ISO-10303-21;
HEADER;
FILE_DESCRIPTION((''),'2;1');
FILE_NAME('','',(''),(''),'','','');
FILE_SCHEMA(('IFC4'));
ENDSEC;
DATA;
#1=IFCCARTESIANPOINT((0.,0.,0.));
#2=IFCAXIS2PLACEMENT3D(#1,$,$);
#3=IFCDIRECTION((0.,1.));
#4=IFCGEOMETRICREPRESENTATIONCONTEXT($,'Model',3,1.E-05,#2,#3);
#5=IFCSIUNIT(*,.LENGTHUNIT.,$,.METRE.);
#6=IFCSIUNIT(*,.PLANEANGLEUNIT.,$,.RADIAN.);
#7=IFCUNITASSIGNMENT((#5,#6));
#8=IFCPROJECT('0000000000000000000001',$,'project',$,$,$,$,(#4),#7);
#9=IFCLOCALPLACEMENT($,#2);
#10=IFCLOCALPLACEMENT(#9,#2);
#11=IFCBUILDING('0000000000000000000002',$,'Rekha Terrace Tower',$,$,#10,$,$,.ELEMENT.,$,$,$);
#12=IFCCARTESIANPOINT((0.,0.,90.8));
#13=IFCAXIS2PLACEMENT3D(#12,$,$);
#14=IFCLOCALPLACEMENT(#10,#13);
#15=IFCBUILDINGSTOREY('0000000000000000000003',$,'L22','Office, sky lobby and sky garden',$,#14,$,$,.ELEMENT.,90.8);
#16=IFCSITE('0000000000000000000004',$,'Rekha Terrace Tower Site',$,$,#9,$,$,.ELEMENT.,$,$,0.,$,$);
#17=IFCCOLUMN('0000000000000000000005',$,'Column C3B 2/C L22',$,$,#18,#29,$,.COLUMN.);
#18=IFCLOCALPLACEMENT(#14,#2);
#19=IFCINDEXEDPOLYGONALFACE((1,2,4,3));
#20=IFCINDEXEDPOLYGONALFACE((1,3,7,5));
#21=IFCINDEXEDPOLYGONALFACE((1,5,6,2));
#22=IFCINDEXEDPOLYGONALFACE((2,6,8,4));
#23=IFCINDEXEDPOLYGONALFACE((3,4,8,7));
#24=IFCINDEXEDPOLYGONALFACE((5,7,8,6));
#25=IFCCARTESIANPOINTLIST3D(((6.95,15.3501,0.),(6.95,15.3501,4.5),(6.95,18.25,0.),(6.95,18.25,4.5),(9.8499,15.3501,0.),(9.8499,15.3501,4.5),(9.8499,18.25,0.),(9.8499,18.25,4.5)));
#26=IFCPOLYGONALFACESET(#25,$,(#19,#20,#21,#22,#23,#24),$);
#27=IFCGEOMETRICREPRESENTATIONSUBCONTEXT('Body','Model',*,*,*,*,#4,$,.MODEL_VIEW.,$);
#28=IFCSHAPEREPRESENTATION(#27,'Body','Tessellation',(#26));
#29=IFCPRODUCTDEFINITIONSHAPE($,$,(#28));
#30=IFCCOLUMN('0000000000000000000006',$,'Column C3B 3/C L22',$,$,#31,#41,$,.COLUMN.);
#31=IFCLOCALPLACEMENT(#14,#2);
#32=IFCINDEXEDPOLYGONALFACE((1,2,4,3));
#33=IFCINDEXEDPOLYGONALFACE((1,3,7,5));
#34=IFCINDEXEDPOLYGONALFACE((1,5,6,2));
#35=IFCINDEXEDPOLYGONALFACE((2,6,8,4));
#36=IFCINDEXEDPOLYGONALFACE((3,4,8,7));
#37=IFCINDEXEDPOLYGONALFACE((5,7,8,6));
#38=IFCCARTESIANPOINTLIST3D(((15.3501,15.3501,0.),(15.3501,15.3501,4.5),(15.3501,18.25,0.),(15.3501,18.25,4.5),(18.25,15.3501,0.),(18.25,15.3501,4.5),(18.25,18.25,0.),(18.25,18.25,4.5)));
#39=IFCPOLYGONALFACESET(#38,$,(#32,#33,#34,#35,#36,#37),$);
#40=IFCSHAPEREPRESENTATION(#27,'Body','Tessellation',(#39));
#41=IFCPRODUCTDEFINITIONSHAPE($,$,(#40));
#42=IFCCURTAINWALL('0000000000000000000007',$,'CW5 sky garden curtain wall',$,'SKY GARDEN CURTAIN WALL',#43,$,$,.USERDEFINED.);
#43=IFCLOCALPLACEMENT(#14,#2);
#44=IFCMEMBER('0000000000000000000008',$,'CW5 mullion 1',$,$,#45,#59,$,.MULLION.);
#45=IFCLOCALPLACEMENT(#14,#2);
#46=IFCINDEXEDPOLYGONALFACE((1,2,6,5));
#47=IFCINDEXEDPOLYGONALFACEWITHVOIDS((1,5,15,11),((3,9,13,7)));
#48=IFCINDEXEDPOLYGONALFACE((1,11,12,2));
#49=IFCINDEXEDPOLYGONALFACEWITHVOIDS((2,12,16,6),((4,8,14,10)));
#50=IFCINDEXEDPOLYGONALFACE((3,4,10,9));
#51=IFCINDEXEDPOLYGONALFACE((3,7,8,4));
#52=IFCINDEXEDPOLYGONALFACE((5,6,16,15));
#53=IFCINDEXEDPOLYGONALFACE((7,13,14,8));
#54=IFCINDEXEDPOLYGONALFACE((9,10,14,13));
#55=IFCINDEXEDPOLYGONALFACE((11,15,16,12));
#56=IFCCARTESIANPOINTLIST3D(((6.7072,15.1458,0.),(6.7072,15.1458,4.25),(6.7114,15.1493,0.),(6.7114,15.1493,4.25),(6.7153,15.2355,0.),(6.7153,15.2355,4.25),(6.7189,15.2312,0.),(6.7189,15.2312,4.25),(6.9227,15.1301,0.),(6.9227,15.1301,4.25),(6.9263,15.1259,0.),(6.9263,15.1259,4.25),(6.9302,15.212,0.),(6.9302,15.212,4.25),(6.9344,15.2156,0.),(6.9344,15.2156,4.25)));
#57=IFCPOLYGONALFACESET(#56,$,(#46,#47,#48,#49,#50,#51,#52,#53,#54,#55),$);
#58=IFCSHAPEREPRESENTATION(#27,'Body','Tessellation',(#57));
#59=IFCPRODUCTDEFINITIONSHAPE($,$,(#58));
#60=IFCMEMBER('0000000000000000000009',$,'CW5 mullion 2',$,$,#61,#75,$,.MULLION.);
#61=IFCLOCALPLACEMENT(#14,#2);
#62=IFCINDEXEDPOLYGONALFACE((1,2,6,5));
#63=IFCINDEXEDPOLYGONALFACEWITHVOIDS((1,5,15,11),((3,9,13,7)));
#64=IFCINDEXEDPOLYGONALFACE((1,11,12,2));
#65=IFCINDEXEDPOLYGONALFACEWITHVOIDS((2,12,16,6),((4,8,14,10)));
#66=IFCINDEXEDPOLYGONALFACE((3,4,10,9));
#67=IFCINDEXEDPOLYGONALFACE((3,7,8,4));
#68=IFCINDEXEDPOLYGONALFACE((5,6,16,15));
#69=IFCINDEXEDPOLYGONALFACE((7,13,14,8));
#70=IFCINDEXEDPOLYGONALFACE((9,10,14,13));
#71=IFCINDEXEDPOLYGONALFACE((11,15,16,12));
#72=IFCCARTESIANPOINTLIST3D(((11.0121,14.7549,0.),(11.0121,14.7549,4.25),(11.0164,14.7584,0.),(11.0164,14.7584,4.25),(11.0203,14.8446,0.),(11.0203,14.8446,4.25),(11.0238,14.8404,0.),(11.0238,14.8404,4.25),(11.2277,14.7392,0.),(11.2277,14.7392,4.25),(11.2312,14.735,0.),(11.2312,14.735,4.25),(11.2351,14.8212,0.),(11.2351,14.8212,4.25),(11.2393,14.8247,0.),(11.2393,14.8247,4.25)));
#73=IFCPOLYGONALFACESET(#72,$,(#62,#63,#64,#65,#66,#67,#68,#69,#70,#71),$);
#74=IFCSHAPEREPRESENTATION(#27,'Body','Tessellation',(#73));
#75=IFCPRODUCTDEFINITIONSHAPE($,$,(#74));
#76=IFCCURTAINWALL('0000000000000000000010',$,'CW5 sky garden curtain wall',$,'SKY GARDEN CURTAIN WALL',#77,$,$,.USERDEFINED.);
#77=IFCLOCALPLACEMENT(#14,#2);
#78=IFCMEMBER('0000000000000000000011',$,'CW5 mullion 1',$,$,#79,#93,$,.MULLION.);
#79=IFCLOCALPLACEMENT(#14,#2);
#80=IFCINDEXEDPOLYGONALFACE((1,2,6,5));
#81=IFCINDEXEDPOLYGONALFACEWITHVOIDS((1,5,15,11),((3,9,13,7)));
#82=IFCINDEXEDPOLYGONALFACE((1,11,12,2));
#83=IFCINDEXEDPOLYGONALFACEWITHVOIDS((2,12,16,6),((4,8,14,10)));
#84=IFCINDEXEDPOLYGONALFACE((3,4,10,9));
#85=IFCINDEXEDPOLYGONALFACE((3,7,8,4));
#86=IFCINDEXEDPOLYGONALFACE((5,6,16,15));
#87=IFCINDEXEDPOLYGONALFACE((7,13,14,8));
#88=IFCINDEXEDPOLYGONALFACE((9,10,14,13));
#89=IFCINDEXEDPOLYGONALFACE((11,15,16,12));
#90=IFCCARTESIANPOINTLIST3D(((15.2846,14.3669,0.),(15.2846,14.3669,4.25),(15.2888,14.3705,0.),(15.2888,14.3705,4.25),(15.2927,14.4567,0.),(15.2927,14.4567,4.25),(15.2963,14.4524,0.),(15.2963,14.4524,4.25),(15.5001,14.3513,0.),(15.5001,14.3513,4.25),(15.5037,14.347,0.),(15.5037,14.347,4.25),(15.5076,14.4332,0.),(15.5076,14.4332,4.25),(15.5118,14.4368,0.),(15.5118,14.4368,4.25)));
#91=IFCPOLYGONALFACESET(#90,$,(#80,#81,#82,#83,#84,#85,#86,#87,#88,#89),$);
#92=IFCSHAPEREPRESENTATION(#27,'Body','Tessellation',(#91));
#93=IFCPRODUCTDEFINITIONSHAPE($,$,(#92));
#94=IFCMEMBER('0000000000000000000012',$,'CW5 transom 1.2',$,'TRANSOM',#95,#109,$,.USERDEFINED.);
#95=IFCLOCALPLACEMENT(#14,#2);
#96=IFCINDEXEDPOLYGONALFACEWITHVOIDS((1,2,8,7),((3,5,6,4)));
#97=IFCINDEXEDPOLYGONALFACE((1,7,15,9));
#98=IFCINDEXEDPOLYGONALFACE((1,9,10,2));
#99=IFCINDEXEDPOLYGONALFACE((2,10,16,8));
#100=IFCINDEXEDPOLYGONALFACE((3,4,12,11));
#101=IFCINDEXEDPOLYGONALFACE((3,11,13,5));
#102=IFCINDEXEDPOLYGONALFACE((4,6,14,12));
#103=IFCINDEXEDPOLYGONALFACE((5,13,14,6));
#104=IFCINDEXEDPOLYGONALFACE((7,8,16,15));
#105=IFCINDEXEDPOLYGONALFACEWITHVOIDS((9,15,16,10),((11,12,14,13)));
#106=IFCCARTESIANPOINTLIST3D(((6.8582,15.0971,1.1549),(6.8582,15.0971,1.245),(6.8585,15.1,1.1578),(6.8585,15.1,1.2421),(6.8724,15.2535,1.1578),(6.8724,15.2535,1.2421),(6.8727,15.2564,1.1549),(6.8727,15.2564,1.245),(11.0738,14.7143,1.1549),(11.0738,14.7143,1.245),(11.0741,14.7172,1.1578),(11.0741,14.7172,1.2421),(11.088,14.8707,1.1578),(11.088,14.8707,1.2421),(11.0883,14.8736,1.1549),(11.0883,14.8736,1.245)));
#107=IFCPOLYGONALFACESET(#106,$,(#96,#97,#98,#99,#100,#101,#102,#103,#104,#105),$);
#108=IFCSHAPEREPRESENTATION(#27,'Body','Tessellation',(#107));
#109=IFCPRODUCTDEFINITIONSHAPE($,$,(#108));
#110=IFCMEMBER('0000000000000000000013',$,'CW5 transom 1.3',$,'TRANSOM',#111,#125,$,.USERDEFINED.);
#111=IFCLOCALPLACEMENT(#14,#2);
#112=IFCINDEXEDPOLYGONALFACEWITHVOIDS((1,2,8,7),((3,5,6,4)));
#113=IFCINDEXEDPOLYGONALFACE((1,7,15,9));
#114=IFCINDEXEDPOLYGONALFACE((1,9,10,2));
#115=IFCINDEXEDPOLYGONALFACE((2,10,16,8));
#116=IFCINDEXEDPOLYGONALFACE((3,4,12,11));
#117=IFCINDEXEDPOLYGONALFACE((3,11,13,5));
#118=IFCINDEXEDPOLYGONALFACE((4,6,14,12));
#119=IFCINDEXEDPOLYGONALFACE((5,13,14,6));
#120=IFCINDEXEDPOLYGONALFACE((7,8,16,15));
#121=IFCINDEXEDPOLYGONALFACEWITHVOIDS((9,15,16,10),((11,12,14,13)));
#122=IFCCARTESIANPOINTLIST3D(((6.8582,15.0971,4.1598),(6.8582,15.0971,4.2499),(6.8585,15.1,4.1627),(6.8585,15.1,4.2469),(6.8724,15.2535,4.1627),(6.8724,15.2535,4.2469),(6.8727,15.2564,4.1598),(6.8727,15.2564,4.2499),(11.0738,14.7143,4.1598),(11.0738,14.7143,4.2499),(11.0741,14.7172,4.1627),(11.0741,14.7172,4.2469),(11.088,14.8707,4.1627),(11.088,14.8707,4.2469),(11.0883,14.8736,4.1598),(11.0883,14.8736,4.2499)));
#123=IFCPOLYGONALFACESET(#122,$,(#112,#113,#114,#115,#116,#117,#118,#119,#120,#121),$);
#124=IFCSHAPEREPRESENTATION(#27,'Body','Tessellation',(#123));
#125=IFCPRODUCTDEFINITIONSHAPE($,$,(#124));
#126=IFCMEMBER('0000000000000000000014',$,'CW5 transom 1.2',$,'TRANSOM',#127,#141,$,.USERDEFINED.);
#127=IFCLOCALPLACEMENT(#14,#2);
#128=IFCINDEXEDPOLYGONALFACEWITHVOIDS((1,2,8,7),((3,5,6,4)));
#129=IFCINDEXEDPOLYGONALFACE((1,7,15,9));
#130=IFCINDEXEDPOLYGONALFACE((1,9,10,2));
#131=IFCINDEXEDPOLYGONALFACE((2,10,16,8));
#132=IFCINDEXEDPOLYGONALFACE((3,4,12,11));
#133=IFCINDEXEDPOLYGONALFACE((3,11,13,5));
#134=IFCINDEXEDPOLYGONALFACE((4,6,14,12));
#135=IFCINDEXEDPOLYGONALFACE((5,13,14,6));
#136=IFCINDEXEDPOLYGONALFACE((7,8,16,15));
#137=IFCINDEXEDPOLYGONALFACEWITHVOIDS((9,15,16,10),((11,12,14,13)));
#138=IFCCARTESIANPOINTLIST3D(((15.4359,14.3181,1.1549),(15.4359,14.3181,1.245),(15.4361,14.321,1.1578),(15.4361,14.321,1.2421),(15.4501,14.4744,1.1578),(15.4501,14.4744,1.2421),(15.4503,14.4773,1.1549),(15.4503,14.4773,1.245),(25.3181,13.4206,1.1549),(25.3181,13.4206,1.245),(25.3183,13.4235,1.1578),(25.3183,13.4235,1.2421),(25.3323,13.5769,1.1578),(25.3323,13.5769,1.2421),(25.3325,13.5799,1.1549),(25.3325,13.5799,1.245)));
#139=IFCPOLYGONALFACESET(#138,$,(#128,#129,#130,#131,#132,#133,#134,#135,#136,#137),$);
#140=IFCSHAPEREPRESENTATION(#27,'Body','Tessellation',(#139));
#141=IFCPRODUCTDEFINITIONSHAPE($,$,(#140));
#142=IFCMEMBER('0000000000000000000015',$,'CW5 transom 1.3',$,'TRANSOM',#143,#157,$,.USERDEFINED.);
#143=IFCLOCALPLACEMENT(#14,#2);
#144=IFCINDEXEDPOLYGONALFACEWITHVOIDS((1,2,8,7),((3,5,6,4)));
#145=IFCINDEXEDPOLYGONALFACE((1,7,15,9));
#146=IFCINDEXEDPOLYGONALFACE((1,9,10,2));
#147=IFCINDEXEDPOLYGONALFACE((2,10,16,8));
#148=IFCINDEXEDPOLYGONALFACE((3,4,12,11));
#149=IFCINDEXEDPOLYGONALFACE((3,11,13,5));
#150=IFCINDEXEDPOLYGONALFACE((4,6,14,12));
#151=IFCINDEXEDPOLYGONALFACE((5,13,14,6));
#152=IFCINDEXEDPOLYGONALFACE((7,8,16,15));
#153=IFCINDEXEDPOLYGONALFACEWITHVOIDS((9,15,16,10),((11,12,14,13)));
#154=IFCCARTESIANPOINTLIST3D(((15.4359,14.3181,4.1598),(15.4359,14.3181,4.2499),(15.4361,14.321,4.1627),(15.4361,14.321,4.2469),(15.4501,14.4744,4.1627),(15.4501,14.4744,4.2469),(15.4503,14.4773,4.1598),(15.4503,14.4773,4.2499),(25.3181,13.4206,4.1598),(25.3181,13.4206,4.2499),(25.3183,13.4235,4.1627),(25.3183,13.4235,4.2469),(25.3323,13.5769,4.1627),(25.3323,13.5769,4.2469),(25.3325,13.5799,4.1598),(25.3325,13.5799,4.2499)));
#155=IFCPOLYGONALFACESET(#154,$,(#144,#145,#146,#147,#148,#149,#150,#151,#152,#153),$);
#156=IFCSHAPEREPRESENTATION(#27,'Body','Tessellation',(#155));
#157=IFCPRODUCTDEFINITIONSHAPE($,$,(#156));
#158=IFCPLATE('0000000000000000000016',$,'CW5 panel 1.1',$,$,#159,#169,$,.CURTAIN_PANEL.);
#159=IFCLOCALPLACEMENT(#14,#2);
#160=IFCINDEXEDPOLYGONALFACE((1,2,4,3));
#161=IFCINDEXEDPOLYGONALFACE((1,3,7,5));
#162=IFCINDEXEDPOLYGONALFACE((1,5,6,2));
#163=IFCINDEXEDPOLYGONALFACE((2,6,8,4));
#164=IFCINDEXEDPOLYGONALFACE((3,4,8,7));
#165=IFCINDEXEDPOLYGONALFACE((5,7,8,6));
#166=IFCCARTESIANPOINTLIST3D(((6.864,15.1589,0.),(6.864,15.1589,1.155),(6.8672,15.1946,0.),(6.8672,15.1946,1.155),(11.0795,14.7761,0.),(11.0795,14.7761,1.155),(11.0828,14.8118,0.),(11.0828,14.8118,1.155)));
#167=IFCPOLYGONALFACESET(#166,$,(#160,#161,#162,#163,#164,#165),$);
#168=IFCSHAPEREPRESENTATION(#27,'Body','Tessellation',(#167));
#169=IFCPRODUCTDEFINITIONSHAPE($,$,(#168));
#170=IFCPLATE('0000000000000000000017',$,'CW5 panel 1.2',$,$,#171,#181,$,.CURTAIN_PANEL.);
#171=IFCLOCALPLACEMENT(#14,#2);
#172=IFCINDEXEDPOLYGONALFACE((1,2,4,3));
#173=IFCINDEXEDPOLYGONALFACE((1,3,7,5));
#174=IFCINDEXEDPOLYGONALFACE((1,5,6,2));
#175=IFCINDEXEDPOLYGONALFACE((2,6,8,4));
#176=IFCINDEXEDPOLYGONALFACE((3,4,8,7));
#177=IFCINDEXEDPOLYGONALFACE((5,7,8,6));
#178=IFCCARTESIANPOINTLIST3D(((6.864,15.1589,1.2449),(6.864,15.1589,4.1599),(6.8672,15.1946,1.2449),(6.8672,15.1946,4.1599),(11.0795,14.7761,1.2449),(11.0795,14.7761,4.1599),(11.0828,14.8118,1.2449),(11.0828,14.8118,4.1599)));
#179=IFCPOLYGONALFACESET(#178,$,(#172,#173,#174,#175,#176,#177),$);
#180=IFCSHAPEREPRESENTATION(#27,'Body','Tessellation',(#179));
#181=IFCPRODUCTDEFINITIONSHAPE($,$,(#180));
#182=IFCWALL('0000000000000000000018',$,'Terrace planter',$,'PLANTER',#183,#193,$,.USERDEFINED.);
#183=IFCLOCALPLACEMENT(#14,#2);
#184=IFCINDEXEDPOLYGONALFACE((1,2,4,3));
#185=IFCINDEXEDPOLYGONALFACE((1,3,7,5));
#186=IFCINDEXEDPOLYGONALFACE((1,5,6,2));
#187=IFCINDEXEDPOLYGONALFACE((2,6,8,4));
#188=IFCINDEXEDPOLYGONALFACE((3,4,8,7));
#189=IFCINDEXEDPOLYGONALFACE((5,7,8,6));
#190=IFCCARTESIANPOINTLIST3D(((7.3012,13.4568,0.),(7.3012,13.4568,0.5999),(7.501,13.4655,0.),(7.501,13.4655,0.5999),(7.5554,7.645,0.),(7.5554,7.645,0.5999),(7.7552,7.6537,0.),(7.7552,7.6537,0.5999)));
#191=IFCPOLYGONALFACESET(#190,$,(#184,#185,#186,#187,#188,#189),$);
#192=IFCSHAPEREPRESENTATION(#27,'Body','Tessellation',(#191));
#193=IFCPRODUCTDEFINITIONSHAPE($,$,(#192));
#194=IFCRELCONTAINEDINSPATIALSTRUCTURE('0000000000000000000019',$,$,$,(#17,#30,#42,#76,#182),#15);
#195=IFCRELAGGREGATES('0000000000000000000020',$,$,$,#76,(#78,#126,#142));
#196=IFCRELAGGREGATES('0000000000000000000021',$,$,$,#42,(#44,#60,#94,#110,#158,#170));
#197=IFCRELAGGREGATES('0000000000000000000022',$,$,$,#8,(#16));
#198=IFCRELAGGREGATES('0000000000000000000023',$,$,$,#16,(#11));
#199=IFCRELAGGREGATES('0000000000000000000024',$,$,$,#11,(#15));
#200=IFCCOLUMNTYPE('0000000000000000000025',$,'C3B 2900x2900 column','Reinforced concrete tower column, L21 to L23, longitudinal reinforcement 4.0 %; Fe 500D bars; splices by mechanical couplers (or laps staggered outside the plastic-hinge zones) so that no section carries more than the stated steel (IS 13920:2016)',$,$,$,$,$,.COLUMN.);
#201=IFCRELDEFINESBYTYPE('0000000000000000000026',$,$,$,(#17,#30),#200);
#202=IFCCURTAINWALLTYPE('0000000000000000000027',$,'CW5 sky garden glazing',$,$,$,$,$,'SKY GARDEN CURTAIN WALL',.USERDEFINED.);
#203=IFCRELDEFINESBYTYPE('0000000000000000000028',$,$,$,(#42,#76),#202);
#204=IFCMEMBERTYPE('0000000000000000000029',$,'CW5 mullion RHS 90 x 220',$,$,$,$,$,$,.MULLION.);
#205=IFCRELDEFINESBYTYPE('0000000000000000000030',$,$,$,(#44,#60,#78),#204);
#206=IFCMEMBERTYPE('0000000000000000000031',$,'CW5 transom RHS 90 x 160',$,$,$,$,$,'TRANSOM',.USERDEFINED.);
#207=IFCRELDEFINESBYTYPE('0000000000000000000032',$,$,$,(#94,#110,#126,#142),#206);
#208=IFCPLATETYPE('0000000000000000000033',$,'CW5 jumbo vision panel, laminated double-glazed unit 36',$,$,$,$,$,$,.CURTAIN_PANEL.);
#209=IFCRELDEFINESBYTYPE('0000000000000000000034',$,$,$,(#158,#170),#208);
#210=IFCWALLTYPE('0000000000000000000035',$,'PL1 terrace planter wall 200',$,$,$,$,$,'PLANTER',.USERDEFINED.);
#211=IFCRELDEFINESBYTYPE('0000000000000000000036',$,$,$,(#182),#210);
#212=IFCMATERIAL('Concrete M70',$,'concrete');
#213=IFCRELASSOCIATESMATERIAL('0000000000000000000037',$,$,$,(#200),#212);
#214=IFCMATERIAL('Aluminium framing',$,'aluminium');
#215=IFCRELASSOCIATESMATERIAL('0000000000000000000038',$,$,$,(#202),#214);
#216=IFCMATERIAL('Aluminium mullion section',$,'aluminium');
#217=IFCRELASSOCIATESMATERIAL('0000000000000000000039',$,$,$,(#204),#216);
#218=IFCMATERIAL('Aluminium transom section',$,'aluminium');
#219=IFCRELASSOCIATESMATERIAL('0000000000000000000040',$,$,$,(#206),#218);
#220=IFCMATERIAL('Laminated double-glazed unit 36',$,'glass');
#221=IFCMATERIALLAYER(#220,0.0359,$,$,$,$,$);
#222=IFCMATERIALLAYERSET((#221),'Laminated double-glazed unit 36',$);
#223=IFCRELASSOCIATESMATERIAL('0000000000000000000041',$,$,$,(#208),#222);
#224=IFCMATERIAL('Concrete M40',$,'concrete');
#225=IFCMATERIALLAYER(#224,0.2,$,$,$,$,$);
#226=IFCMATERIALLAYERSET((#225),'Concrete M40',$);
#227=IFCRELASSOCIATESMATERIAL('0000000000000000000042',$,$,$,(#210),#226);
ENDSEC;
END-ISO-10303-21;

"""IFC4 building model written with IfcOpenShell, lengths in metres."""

from ifc_helpers import new_model, si_unit, direction, frame, frame_2d, origin, origin_2d, place, context, subcontext, project, spatial, rectangle, hollow_rectangle, extrude, material, layer, layer_set, material_profile, profile_set, type_object, element, aggregate, save


model = new_model("IFC4")

# Units and contexts
model_context = context("Model", 3, precision=1e-05, world=origin(), true_north=direction((0.0, 1.0)))
body_context = subcontext(model_context, "Body", "Model", "MODEL_VIEW")
ifc_project = project(units=[si_unit("LENGTHUNIT", "METRE"), si_unit("PLANEANGLEUNIT", "RADIAN")], contexts=[model_context])

# Site, building, storey
site_placement = place(None, origin())
site = spatial("IfcSite", under=ifc_project, at=site_placement, Name="Rekha Terrace Tower Site", CompositionType="ELEMENT", RefElevation=0.0)
building_placement = place(site_placement, origin())
building = spatial("IfcBuilding", under=site, at=building_placement, Name="Rekha Terrace Tower", CompositionType="ELEMENT")
storey_placement = place(building_placement, frame((0.0, 0.0, 90.8)))
storey = spatial("IfcBuildingStorey", under=building, at=storey_placement, Name="L22", Description="Office, sky lobby and sky garden", CompositionType="ELEMENT", Elevation=90.8)

# Columns
ifc_material_1 = material(Name="Concrete M70", Category="concrete")
ifc_material_profile_1 = material_profile(ifc_material_1, rectangle(XDim=2.8999, YDim=2.8999, at=origin_2d()), Name="RC 2900x2900")
ifc_profile_set_1 = profile_set([ifc_material_profile_1], Name="Concrete M70")
column_type = type_object("IfcColumnType", Name="C3B 2900x2900 column", Description="Reinforced concrete tower column, L21 to L23, longitudinal reinforcement 4.0 %; Fe 500D bars; splices by mechanical couplers (or laps staggered outside the plastic-hinge zones) so that no section carries more than the stated steel (IS 13920:2016)", PredefinedType="COLUMN", material=ifc_profile_set_1)
for number, where, z_axis, x_axis, name in (
    (1, (8.3999, 16.8, 0.0), (0.0, 0.0, 1.0), (1.0, 0.0, 0.0), "Column C3B 2/C L22"),
    (2, (16.8, 16.8, 0.0), (0.0, 0.0, 1.0), (1.0, 0.0, 0.0), "Column C3B 3/C L22"),
):
    element("IfcColumn", number, at=place(storey_placement, frame(where, z_axis=z_axis, x_axis=x_axis)), inside=storey, type_object=column_type, Name=name, PredefinedType="COLUMN", context=body_context, shape_type="SweptSolid", body=[
        extrude(rectangle(XDim=2.8999, YDim=2.8999, at=origin_2d()), origin(), (0.0, 0.0, 1.0), 4.5),
    ])

# Curtain wall, members
ifc_material_2 = material(Name="Aluminium framing", Category="aluminium")
curtain_wall_type = type_object("IfcCurtainWallType", Name="CW5 sky garden glazing", ElementType="SKY GARDEN CURTAIN WALL", PredefinedType="USERDEFINED", material=ifc_material_2)
curtain_wall_1_placement = place(storey_placement, origin())
curtain_wall_1 = element("IfcCurtainWall", 3, at=curtain_wall_1_placement, inside=storey, type_object=curtain_wall_type, Name="CW5 sky garden curtain wall", ObjectType="SKY GARDEN CURTAIN WALL", PredefinedType="USERDEFINED")
ifc_material_3 = material(Name="Aluminium mullion section", Category="aluminium")
ifc_material_profile_2 = material_profile(ifc_material_3, hollow_rectangle(XDim=0.0901, YDim=0.22, WallThickness=0.0039, at=origin_2d()), Name="AL RHS 90x220")
ifc_profile_set_2 = profile_set([ifc_material_profile_2], Name="Aluminium mullion section")
member_type_1 = type_object("IfcMemberType", Name="CW5 mullion RHS 90 x 220", PredefinedType="MULLION", material=ifc_profile_set_2)
member_1_placement = place(storey_placement, frame((6.8208, 15.1807, 0.0), z_axis=(0.0, 0.0, 1.0), x_axis=(0.09044, 0.995902, 0.0)))
member_1 = element("IfcMember", 4, at=member_1_placement, type_object=member_type_1, Name="CW5 mullion 1", PredefinedType="MULLION", context=body_context, shape_type="SweptSolid", body=[
    extrude(hollow_rectangle(XDim=0.0901, YDim=0.22, WallThickness=0.0039, at=origin_2d()), origin(), (0.0, 0.0, 1.0), 4.25),
])
member_2_placement = place(storey_placement, frame((11.1257, 14.7898, 0.0), z_axis=(0.0, 0.0, 1.0), x_axis=(0.09044, 0.995902, 0.0)))
member_2 = element("IfcMember", 5, at=member_2_placement, type_object=member_type_1, Name="CW5 mullion 2", PredefinedType="MULLION", context=body_context, shape_type="SweptSolid", body=[
    extrude(hollow_rectangle(XDim=0.0901, YDim=0.22, WallThickness=0.0039, at=origin_2d()), origin(), (0.0, 0.0, 1.0), 4.25),
])

# Curtain wall, member
curtain_wall_2_placement = place(storey_placement, origin())
curtain_wall_2 = element("IfcCurtainWall", 6, at=curtain_wall_2_placement, inside=storey, type_object=curtain_wall_type, Name="CW5 sky garden curtain wall", ObjectType="SKY GARDEN CURTAIN WALL", PredefinedType="USERDEFINED")
member_3_placement = place(storey_placement, frame((15.3982, 14.4019, 0.0), z_axis=(0.0, 0.0, 1.0), x_axis=(0.09044, 0.995902, 0.0)))
member_3 = element("IfcMember", 7, at=member_3_placement, type_object=member_type_1, Name="CW5 mullion 1", PredefinedType="MULLION", context=body_context, shape_type="SweptSolid", body=[
    extrude(hollow_rectangle(XDim=0.0901, YDim=0.22, WallThickness=0.0039, at=origin_2d()), origin(), (0.0, 0.0, 1.0), 4.25),
])

# Members
ifc_material_4 = material(Name="Aluminium transom section", Category="aluminium")
ifc_material_profile_3 = material_profile(ifc_material_4, hollow_rectangle(XDim=0.1599, YDim=0.0901, WallThickness=0.0029, at=origin_2d()), Name="AL RHS 160x90")
ifc_profile_set_3 = profile_set([ifc_material_profile_3], Name="Aluminium transom section")
member_type_2 = type_object("IfcMemberType", Name="CW5 transom RHS 90 x 160", ElementType="TRANSOM", PredefinedType="USERDEFINED", material=ifc_profile_set_3)
member_4_placement = place(storey_placement, frame((6.8655, 15.1768, 1.2), z_axis=(0.995902, -0.090437, 0.0), x_axis=(0.090437, 0.995902, 0.0)))
member_4 = element("IfcMember", 8, at=member_4_placement, type_object=member_type_2, Name="CW5 transom 1.2", ObjectType="TRANSOM", PredefinedType="USERDEFINED", context=body_context, shape_type="SweptSolid", body=[
    extrude(hollow_rectangle(XDim=0.1599, YDim=0.0901, WallThickness=0.0029, at=origin_2d()), origin(), (0.0, 0.0, 1.0), 4.2329),
])
member_5_placement = place(storey_placement, frame((6.8655, 15.1768, 4.2048), z_axis=(0.995902, -0.090437, 0.0), x_axis=(0.090437, 0.995902, 0.0)))
member_5 = element("IfcMember", 9, at=member_5_placement, type_object=member_type_2, Name="CW5 transom 1.3", ObjectType="TRANSOM", PredefinedType="USERDEFINED", context=body_context, shape_type="SweptSolid", body=[
    extrude(hollow_rectangle(XDim=0.1599, YDim=0.0901, WallThickness=0.0029, at=origin_2d()), origin(), (0.0, 0.0, 1.0), 4.2329),
])
member_6_placement = place(storey_placement, frame((15.4431, 14.3977, 1.2), z_axis=(0.995901, -0.090445, 0.0), x_axis=(0.090445, 0.995901, 0.0)))
member_6 = element("IfcMember", 10, at=member_6_placement, type_object=member_type_2, Name="CW5 transom 1.2", ObjectType="TRANSOM", PredefinedType="USERDEFINED", context=body_context, shape_type="SweptSolid", body=[
    extrude(hollow_rectangle(XDim=0.1599, YDim=0.0901, WallThickness=0.0029, at=origin_2d()), origin(), (0.0, 0.0, 1.0), 9.9229),
])
member_7_placement = place(storey_placement, frame((15.4431, 14.3977, 4.2048), z_axis=(0.995901, -0.090445, 0.0), x_axis=(0.090445, 0.995901, 0.0)))
member_7 = element("IfcMember", 11, at=member_7_placement, type_object=member_type_2, Name="CW5 transom 1.3", ObjectType="TRANSOM", PredefinedType="USERDEFINED", context=body_context, shape_type="SweptSolid", body=[
    extrude(hollow_rectangle(XDim=0.1599, YDim=0.0901, WallThickness=0.0029, at=origin_2d()), origin(), (0.0, 0.0, 1.0), 9.9229),
])
aggregate(curtain_wall_2, [member_3, member_6, member_7])

# Plates
ifc_material_5 = material(Name="Laminated double-glazed unit 36", Category="glass")
ifc_layer_1 = layer(ifc_material_5, 0.0359)
ifc_layer_set_1 = layer_set([ifc_layer_1], Name="Laminated double-glazed unit 36")
plate_type = type_object("IfcPlateType", Name="CW5 jumbo vision panel, laminated double-glazed unit 36", PredefinedType="CURTAIN_PANEL", material=ifc_layer_set_1)
plate_1_placement = place(storey_placement, frame((8.9734, 14.9854, 0.0), z_axis=(0.0, 0.0, 1.0), x_axis=(0.995902, -0.09044, 0.0)))
plate_1 = element("IfcPlate", 12, at=plate_1_placement, type_object=plate_type, Name="CW5 panel 1.1", PredefinedType="CURTAIN_PANEL", context=body_context, shape_type="SweptSolid", body=[
    extrude(rectangle(XDim=4.2329, YDim=0.0359, at=origin_2d()), origin(), (0.0, 0.0, 1.0), 1.155),
])
plate_2_placement = place(storey_placement, frame((8.9734, 14.9854, 1.2449), z_axis=(0.0, 0.0, 1.0), x_axis=(0.995902, -0.09044, 0.0)))
plate_2 = element("IfcPlate", 13, at=plate_2_placement, type_object=plate_type, Name="CW5 panel 1.2", PredefinedType="CURTAIN_PANEL", context=body_context, shape_type="SweptSolid", body=[
    extrude(rectangle(XDim=4.2329, YDim=0.0359, at=origin_2d()), origin(), (0.0, 0.0, 1.0), 2.915),
])
aggregate(curtain_wall_1, [member_1, member_2, member_4, member_5, plate_1, plate_2])

# Wall
ifc_material_6 = material(Name="Concrete M40", Category="concrete")
ifc_layer_2 = layer(ifc_material_6, 0.2)
ifc_layer_set_2 = layer_set([ifc_layer_2], Name="Concrete M40")
wall_type_1 = type_object("IfcWallType", Name="PL1 terrace planter wall 200", ElementType="PLANTER", PredefinedType="USERDEFINED", material=ifc_layer_set_2)
wall_1_placement = place(storey_placement, frame((7.4011, 13.4612, 0.0), z_axis=(0.0, 0.0, 1.0), x_axis=(0.043689, -0.999045, 0.0)))
element("IfcWall", 14, at=wall_1_placement, inside=storey, type_object=wall_type_1, Name="Terrace planter", ObjectType="PLANTER", PredefinedType="USERDEFINED", context=body_context, shape_type="SweptSolid", body=[
    extrude(rectangle(XDim=5.8174, YDim=0.2, at=frame_2d((2.9087, 0.0))), origin(), (0.0, 0.0, 1.0), 0.5999),
])

save(model, "model.ifc")
